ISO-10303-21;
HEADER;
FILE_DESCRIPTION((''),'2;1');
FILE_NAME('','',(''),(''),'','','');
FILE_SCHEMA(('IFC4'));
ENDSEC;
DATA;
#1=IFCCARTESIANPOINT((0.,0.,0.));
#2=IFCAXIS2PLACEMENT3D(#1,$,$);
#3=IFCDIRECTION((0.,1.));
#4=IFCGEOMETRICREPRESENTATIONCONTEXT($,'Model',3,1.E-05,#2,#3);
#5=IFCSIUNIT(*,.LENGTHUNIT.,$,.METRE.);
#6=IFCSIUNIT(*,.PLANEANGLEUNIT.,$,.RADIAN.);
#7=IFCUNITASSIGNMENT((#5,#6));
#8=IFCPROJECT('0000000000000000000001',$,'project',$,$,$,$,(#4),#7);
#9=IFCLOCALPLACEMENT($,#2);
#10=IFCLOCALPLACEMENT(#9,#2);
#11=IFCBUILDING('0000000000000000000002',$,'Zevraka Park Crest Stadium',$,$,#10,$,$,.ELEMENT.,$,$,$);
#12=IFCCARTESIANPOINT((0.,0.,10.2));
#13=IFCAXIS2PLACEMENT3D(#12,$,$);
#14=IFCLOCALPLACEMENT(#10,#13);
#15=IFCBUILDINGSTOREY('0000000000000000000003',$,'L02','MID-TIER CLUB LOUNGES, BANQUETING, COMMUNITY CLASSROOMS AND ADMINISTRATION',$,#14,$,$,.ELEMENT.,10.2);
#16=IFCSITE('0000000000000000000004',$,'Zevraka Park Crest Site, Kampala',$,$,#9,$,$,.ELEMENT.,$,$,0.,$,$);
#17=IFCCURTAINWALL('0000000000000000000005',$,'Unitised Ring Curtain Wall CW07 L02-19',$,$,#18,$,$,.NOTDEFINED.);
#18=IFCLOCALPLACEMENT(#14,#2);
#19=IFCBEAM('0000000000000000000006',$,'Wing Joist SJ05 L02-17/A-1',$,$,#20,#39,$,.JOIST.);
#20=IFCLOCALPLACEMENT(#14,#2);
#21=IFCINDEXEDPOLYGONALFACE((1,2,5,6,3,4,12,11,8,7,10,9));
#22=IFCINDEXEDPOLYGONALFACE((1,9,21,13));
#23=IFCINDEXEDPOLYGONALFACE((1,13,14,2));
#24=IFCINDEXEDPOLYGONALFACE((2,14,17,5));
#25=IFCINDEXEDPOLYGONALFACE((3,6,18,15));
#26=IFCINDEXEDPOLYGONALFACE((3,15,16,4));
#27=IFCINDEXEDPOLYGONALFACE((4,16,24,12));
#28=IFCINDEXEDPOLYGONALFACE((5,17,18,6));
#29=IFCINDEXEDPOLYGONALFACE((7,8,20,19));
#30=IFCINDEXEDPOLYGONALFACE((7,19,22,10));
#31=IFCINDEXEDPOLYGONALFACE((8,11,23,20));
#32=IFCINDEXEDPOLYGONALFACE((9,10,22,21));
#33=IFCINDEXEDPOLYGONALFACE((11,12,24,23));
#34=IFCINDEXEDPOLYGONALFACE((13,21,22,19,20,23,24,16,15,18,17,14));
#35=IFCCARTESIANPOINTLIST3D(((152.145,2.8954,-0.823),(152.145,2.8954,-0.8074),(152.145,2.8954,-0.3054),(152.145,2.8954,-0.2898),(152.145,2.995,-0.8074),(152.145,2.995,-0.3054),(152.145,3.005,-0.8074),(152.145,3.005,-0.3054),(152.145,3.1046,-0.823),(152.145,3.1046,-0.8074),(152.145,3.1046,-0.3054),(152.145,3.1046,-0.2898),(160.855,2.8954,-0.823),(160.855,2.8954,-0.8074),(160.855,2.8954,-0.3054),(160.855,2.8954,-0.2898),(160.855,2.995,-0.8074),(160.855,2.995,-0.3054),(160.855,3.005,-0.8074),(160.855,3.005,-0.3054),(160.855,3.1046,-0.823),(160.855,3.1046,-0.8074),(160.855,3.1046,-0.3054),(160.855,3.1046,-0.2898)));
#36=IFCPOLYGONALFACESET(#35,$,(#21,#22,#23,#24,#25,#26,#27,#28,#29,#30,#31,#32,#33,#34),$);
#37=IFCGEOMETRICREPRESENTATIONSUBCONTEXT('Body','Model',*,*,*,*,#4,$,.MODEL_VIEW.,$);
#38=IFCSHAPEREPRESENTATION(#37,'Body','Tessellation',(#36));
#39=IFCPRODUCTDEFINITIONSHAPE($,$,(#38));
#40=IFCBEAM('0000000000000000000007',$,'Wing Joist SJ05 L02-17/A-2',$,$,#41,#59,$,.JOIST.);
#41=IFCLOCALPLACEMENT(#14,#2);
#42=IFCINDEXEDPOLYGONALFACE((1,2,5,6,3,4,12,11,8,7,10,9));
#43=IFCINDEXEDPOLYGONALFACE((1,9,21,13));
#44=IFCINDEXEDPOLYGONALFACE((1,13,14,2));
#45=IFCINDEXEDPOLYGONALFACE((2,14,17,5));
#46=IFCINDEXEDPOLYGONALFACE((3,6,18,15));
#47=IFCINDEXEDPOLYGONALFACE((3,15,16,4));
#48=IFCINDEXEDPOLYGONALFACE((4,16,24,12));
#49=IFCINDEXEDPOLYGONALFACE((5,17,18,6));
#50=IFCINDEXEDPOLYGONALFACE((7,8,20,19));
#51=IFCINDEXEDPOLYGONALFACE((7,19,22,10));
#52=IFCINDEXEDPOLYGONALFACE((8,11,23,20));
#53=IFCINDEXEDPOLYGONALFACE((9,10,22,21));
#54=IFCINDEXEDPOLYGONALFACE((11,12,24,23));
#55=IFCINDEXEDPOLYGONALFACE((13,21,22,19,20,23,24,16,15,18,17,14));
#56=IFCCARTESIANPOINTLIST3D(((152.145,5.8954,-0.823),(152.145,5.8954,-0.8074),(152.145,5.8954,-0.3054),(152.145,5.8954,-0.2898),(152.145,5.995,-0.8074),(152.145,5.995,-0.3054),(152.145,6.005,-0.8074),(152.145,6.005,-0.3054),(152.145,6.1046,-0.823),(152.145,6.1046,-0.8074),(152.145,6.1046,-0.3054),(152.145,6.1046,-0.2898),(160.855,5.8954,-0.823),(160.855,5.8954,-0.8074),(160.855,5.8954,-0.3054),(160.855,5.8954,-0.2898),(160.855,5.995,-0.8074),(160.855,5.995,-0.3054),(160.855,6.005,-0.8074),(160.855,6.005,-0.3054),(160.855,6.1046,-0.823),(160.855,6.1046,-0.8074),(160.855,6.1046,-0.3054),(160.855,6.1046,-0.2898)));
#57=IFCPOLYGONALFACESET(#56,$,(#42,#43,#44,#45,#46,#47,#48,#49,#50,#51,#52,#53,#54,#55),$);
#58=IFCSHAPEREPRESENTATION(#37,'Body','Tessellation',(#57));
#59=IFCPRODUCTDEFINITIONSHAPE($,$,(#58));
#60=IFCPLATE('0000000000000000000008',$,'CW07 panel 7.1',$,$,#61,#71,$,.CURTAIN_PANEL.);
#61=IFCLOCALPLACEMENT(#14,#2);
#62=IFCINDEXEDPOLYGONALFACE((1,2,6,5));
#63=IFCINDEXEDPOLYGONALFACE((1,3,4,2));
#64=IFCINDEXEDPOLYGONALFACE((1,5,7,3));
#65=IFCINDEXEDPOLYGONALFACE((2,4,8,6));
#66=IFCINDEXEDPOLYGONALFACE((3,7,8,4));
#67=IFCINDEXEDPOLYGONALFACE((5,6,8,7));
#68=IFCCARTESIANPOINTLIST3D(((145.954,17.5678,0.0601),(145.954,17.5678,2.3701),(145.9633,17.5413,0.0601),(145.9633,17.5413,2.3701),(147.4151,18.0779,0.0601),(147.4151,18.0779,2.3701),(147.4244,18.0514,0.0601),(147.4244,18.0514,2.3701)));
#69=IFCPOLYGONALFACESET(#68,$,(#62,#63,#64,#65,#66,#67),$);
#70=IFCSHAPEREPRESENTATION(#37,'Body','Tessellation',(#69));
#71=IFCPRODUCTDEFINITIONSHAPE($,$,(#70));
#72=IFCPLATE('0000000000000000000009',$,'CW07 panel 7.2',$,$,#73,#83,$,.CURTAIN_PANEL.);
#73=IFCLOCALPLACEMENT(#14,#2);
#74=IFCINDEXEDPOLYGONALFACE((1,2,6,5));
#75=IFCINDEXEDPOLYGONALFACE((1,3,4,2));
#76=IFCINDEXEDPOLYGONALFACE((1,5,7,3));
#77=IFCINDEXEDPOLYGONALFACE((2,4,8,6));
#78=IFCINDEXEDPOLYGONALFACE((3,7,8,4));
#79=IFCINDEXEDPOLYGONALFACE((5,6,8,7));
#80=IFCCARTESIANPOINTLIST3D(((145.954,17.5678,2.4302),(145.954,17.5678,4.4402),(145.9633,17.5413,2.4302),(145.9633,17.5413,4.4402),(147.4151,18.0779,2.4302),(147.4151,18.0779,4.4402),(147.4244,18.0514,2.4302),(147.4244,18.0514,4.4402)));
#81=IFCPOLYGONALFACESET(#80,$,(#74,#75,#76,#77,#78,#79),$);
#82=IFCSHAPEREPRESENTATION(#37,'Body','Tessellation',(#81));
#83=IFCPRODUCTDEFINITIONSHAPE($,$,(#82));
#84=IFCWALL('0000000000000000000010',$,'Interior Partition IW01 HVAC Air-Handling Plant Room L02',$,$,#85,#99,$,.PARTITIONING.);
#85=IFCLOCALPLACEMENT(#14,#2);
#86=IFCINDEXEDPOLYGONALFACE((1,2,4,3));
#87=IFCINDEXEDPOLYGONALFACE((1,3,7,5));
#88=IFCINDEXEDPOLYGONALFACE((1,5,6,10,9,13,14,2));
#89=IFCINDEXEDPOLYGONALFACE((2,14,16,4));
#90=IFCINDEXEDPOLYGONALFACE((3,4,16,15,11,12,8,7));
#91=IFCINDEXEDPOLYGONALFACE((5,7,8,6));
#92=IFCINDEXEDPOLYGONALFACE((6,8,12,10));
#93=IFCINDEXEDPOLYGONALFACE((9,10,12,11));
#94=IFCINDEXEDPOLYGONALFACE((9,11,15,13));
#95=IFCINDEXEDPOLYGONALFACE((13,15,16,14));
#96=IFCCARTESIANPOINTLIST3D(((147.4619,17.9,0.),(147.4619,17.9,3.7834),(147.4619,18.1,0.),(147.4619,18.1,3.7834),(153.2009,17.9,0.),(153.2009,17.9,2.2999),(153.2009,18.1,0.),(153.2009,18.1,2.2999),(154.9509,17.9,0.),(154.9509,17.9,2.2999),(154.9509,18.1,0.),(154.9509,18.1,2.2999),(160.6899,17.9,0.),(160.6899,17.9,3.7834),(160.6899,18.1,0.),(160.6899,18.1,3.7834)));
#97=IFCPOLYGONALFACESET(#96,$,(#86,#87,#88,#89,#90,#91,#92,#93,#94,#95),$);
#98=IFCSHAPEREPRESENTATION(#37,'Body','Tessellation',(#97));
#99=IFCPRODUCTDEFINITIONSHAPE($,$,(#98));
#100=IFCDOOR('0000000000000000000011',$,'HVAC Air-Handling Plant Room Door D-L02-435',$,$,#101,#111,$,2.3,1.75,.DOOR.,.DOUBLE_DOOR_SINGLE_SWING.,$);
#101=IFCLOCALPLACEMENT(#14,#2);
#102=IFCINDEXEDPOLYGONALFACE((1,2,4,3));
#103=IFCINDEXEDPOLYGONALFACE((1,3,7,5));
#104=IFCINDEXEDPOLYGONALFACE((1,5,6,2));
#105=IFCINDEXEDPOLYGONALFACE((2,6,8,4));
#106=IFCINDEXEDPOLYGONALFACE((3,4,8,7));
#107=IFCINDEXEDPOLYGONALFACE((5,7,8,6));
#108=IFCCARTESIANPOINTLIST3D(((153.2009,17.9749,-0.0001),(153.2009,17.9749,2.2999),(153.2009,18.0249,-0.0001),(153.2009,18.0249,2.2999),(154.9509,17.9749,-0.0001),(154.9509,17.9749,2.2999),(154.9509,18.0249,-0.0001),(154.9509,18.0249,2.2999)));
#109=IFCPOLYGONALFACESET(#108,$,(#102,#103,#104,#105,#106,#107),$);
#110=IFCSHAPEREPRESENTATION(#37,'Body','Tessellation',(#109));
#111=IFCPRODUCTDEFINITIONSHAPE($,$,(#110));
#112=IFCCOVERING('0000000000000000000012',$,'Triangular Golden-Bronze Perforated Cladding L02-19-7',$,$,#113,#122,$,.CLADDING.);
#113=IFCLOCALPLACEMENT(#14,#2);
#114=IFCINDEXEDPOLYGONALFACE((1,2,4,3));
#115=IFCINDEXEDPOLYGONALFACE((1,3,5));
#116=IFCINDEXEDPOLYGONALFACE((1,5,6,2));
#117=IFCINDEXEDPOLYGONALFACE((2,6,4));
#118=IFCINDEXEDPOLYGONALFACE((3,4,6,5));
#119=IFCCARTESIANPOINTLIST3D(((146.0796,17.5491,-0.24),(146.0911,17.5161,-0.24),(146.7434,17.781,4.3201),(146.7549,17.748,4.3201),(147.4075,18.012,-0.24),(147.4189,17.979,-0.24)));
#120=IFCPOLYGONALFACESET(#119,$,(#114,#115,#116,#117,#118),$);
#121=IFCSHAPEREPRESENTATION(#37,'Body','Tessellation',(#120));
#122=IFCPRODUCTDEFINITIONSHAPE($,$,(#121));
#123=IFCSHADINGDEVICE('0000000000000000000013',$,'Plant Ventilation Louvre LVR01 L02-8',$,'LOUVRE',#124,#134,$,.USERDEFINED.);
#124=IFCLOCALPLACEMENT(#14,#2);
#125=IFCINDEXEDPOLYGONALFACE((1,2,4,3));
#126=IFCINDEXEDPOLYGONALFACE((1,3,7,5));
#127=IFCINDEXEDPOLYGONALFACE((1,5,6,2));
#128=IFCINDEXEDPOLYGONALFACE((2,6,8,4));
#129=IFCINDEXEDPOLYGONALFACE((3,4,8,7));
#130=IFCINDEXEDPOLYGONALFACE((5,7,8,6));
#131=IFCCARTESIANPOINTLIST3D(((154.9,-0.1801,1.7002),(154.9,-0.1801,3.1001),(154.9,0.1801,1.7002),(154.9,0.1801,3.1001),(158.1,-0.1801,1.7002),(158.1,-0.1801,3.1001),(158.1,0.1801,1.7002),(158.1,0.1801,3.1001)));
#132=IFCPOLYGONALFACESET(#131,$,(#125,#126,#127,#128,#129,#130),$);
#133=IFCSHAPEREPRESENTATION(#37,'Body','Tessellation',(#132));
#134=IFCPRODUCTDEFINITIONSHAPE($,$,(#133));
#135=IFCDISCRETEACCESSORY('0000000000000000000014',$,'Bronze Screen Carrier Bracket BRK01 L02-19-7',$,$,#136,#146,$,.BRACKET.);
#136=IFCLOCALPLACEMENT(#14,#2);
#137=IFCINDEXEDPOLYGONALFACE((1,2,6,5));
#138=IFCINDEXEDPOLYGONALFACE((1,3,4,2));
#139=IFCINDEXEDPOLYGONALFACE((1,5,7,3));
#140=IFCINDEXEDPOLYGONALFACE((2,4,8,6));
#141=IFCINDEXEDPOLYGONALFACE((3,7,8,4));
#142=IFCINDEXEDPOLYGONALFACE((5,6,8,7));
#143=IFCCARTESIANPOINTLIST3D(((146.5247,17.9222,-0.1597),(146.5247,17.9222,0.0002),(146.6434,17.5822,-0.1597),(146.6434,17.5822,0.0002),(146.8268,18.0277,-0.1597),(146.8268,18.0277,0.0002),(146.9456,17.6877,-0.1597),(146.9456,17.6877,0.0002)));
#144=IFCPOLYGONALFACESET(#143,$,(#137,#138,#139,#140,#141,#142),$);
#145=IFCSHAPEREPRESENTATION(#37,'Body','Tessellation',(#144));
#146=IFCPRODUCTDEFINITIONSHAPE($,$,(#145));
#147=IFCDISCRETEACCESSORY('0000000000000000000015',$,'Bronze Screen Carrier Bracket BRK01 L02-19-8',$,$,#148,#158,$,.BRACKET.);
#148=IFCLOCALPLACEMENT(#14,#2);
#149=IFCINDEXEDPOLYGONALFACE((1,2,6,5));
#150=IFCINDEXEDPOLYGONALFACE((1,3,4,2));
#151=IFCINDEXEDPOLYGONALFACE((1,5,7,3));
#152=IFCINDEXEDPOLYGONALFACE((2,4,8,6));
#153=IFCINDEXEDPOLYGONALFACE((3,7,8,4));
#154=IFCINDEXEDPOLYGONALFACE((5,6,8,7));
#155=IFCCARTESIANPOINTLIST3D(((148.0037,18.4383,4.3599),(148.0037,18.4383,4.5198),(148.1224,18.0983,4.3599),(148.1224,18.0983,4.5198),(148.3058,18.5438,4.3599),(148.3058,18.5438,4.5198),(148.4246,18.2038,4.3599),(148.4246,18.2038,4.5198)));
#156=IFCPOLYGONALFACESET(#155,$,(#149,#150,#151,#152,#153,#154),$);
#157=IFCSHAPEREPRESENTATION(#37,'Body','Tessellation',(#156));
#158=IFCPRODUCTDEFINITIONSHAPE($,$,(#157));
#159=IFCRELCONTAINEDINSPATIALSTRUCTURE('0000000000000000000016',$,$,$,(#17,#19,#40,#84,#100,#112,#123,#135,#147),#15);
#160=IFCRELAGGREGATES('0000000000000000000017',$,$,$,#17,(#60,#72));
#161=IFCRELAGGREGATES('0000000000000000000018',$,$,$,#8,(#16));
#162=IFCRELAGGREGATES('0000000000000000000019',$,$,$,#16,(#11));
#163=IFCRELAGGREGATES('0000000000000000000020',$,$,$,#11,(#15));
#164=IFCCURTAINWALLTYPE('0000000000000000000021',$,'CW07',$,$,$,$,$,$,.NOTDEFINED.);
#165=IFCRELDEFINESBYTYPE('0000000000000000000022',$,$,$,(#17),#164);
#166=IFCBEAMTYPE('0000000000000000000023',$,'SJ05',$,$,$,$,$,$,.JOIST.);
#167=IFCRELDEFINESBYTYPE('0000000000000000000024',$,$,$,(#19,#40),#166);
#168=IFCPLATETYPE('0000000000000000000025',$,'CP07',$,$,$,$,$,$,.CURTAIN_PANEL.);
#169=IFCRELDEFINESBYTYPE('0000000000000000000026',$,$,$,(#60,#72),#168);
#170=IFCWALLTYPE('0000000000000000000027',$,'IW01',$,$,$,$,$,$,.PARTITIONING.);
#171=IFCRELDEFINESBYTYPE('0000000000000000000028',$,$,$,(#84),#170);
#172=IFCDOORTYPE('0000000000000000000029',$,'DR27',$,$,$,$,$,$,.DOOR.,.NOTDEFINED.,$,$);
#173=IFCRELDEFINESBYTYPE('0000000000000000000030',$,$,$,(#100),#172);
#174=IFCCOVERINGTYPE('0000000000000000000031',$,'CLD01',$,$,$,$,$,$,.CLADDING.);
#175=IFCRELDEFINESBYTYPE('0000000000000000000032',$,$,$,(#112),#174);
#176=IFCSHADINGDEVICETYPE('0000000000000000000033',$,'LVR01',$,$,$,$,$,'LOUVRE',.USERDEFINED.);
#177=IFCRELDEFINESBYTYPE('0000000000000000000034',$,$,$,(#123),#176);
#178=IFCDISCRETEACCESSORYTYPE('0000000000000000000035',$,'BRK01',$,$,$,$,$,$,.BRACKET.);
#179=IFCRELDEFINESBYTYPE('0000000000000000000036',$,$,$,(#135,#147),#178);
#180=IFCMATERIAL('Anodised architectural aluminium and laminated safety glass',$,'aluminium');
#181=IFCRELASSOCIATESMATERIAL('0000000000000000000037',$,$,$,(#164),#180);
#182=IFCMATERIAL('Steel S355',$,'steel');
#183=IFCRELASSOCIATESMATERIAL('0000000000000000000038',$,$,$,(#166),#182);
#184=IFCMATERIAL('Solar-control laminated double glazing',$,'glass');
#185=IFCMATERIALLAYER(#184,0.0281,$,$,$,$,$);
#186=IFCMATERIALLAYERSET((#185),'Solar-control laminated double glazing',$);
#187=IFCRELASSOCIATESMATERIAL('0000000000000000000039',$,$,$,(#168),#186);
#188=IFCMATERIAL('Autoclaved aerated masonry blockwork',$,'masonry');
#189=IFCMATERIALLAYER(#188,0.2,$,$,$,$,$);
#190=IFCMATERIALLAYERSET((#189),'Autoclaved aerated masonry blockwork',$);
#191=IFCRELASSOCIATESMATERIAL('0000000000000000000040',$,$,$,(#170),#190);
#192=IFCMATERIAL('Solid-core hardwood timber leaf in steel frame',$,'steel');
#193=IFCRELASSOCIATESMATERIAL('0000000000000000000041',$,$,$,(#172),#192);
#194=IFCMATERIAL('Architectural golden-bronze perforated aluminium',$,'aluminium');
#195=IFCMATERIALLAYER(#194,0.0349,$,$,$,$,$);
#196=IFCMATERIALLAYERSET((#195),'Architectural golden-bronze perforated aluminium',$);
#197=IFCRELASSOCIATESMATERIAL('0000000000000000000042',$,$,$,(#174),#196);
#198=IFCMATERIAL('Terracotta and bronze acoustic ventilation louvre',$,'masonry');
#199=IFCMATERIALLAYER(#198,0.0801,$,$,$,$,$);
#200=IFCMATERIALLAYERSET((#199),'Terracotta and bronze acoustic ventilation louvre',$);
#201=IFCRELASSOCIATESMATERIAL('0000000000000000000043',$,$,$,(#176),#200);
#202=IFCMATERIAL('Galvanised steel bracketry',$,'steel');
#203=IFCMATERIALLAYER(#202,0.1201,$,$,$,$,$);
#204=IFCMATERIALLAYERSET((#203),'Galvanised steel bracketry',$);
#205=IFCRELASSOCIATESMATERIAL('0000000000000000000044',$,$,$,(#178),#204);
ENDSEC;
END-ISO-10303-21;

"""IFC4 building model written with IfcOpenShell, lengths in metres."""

from ifc_helpers import new_model, si_unit, direction, frame, frame_2d, origin, origin_2d, place, context, subcontext, project, spatial, polyline, rectangle, i_section, outline, extrude, material, layer, layer_set, material_profile, profile_set, type_object, element, fill, aggregate, save


model = new_model("IFC4")

# Units and contexts
model_context = context("Model", 3, precision=1e-05, world=origin(), true_north=direction((0.0, 1.0)))
body_context = subcontext(model_context, "Body", "Model", "MODEL_VIEW")
ifc_project = project(units=[si_unit("LENGTHUNIT", "METRE"), si_unit("PLANEANGLEUNIT", "RADIAN")], contexts=[model_context])

# Site, building, storey
site_placement = place(None, origin())
site = spatial("IfcSite", under=ifc_project, at=site_placement, Name="Zevraka Park Crest Site, Kampala", CompositionType="ELEMENT", RefElevation=0.0)
building_placement = place(site_placement, origin())
building = spatial("IfcBuilding", under=site, at=building_placement, Name="Zevraka Park Crest Stadium", CompositionType="ELEMENT")
storey_placement = place(building_placement, frame((0.0, 0.0, 10.2)))
storey = spatial("IfcBuildingStorey", under=building, at=storey_placement, Name="L02", Description="MID-TIER CLUB LOUNGES, BANQUETING, COMMUNITY CLASSROOMS AND ADMINISTRATION", CompositionType="ELEMENT", Elevation=10.2)

# Curtain wall
ifc_material_1 = material(Name="Anodised architectural aluminium and laminated safety glass", Category="aluminium")
curtain_wall_type = type_object("IfcCurtainWallType", Name="CW07", PredefinedType="NOTDEFINED", material=ifc_material_1)
curtain_wall_placement = place(storey_placement, origin())
curtain_wall = element("IfcCurtainWall", 1, at=curtain_wall_placement, inside=storey, type_object=curtain_wall_type, Name="Unitised Ring Curtain Wall CW07 L02-19", PredefinedType="NOTDEFINED")

# Beams
ifc_material_2 = material(Name="Steel S355", Category="steel")
ifc_material_profile_1 = material_profile(ifc_material_2, i_section(OverallWidth=0.2092, OverallDepth=0.5332, WebThickness=0.01, FlangeThickness=0.0156, at=origin_2d()), Name="UKB 533x210x92")
ifc_profile_set_1 = profile_set([ifc_material_profile_1], Name="Steel S355")
beam_type_1 = type_object("IfcBeamType", Name="SJ05", PredefinedType="JOIST", material=ifc_profile_set_1)
for number, where, z_axis, x_axis, name in (
    (2, (152.145, 3.0, -0.5564), (1.0, 0.0, 0.0), (0.0, 1.0, 0.0), "Wing Joist SJ05 L02-17/A-1"),
    (3, (152.145, 6.0, -0.5564), (1.0, 0.0, 0.0), (0.0, 1.0, 0.0), "Wing Joist SJ05 L02-17/A-2"),
):
    element("IfcBeam", number, at=place(storey_placement, frame(where, z_axis=z_axis, x_axis=x_axis)), inside=storey, type_object=beam_type_1, Name=name, PredefinedType="JOIST", context=body_context, shape_type="SweptSolid", body=[
        extrude(i_section(OverallWidth=0.2092, OverallDepth=0.5332, WebThickness=0.01, FlangeThickness=0.0156, at=origin_2d()), origin(), (0.0, 0.0, 1.0), 8.71),
    ])

# Plates
ifc_material_3 = material(Name="Solar-control laminated double glazing", Category="glass")
ifc_layer_1 = layer(ifc_material_3, 0.0281)
ifc_layer_set_1 = layer_set([ifc_layer_1], Name="Solar-control laminated double glazing")
plate_type = type_object("IfcPlateType", Name="CP07", PredefinedType="CURTAIN_PANEL", material=ifc_layer_set_1)
plate_1_placement = place(storey_placement, frame((146.6892, 17.8096, 0.0601), z_axis=(0.0, 0.0, 1.0), x_axis=(0.944114, 0.329619, 0.0)))
plate_1 = element("IfcPlate", 4, at=plate_1_placement, type_object=plate_type, Name="CW07 panel 7.1", PredefinedType="CURTAIN_PANEL", context=body_context, shape_type="SweptSolid", body=[
    extrude(rectangle(XDim=1.5476, YDim=0.0281, at=origin_2d()), origin(), (0.0, 0.0, 1.0), 2.3101),
])
plate_2_placement = place(storey_placement, frame((146.6892, 17.8096, 2.4302), z_axis=(0.0, 0.0, 1.0), x_axis=(0.944114, 0.329619, 0.0)))
plate_2 = element("IfcPlate", 5, at=plate_2_placement, type_object=plate_type, Name="CW07 panel 7.2", PredefinedType="CURTAIN_PANEL", context=body_context, shape_type="SweptSolid", body=[
    extrude(rectangle(XDim=1.5476, YDim=0.0281, at=origin_2d()), origin(), (0.0, 0.0, 1.0), 2.01),
])
aggregate(curtain_wall, [plate_1, plate_2])

# Wall, opening, door
ifc_material_4 = material(Name="Autoclaved aerated masonry blockwork", Category="masonry")
ifc_layer_2 = layer(ifc_material_4, 0.2)
ifc_layer_set_2 = layer_set([ifc_layer_2], Name="Autoclaved aerated masonry blockwork")
wall_type = type_object("IfcWallType", Name="IW01", PredefinedType="PARTITIONING", material=ifc_layer_set_2)
wall_placement = place(storey_placement, frame((147.4619, 18.0, 0.0), z_axis=(0.0, 0.0, 1.0), x_axis=(1.0, 0.0, 0.0)))
wall = element("IfcWall", 6, at=wall_placement, inside=storey, type_object=wall_type, Name="Interior Partition IW01 HVAC Air-Handling Plant Room L02", PredefinedType="PARTITIONING", context=body_context, shape_type="SweptSolid", body=[
    extrude(rectangle(XDim=13.228, YDim=0.2, at=frame_2d((6.614, 0.0))), origin(), (0.0, 0.0, 1.0), 3.7834),
])
opening_placement = place(wall_placement, frame((5.739, 0.0, 0.0)))
opening = element("IfcOpeningElement", 7, at=opening_placement, cuts=wall, PredefinedType="OPENING", context=body_context, shape_type="SweptSolid", body=[
    extrude(rectangle(XDim=1.75, YDim=2.3, at=frame_2d((0.875, 1.1499))), frame((0.0, 0.1099, 0.0), z_axis=(0.0, -1.0, 0.0), x_axis=(1.0, 0.0, 0.0)), (0.0, 0.0, 1.0), 0.22),
])
ifc_material_5 = material(Name="Solid-core hardwood timber leaf in steel frame", Category="steel")
door_type = type_object("IfcDoorType", Name="DR27", OperationType="NOTDEFINED", PredefinedType="DOOR", material=ifc_material_5)
door_placement = place(opening_placement, origin())
door = element("IfcDoor", 8, at=door_placement, inside=storey, type_object=door_type, Name="HVAC Air-Handling Plant Room Door D-L02-435", OperationType="DOUBLE_DOOR_SINGLE_SWING", OverallHeight=2.3, OverallWidth=1.75, PredefinedType="DOOR", context=body_context, shape_type="SweptSolid", body=[
    extrude(rectangle(XDim=1.75, YDim=2.3, at=frame_2d((0.875, 1.1499))), frame((0.0, 0.0249, 0.0), z_axis=(0.0, -1.0, 0.0), x_axis=(1.0, 0.0, 0.0)), (0.0, 0.0, 1.0), 0.05),
])
fill(opening, door)

# Covering
ifc_material_6 = material(Name="Architectural golden-bronze perforated aluminium", Category="aluminium")
ifc_layer_3 = layer(ifc_material_6, 0.0349)
ifc_layer_set_3 = layer_set([ifc_layer_3], Name="Architectural golden-bronze perforated aluminium")
covering_type = type_object("IfcCoveringType", Name="CLD01", PredefinedType="CLADDING", material=ifc_layer_set_3)
covering_placement = place(storey_placement, frame((146.0911, 17.5161, -0.24), z_axis=(0.329167, -0.944272, 0.00011), x_axis=(0.944272, 0.329167, 0.0)))
element("IfcCovering", 9, at=covering_placement, inside=storey, type_object=covering_type, Name="Triangular Golden-Bronze Perforated Cladding L02-19-7", PredefinedType="CLADDING", context=body_context, shape_type="SweptSolid", body=[
    extrude(outline(polyline([(0.0, 0.0), (1.4062, 0.0), (0.7032, 4.5601), (0.0, 0.0)])), origin(), (0.0, 0.0, -1.0), 0.0349),
])

# Shading device
ifc_material_7 = material(Name="Terracotta and bronze acoustic ventilation louvre", Category="masonry")
ifc_layer_4 = layer(ifc_material_7, 0.0801)
ifc_layer_set_4 = layer_set([ifc_layer_4], Name="Terracotta and bronze acoustic ventilation louvre")
shading_device_type = type_object("IfcShadingDeviceType", Name="LVR01", ElementType="LOUVRE", PredefinedType="USERDEFINED", material=ifc_layer_set_4)
shading_device_placement = place(storey_placement, frame((156.5, 0.0, 1.7002), z_axis=(0.0, 0.0, 1.0), x_axis=(-1.0, 0.0, 0.0)))
element("IfcShadingDevice", 10, at=shading_device_placement, inside=storey, type_object=shading_device_type, Name="Plant Ventilation Louvre LVR01 L02-8", ObjectType="LOUVRE", PredefinedType="USERDEFINED", context=body_context, shape_type="SweptSolid", body=[
    extrude(rectangle(XDim=3.2, YDim=0.3601, at=origin_2d()), origin(), (0.0, 0.0, 1.0), 1.3999),
])

# Discrete accessories
ifc_material_8 = material(Name="Galvanised steel bracketry", Category="steel")
ifc_layer_5 = layer(ifc_material_8, 0.1201)
ifc_layer_set_5 = layer_set([ifc_layer_5], Name="Galvanised steel bracketry")
discrete_accessory_type = type_object("IfcDiscreteAccessoryType", Name="BRK01", PredefinedType="BRACKET", material=ifc_layer_set_5)
for number, where, z_axis, x_axis, name in (
    (11, (146.7351, 17.8049, -0.1597), (0.0, 0.0, 1.0), (0.944089, 0.329691, 0.0), "Bronze Screen Carrier Bracket BRK01 L02-19-7"),
    (12, (148.2141, 18.321, 4.3599), (0.0, 0.0, 1.0), (0.944089, 0.329691, 0.0), "Bronze Screen Carrier Bracket BRK01 L02-19-8"),
):
    element("IfcDiscreteAccessory", number, at=place(storey_placement, frame(where, z_axis=z_axis, x_axis=x_axis)), inside=storey, type_object=discrete_accessory_type, Name=name, PredefinedType="BRACKET", context=body_context, shape_type="SweptSolid", body=[
        extrude(rectangle(XDim=0.3201, YDim=0.3601, at=origin_2d()), origin(), (0.0, 0.0, 1.0), 0.1599),
    ])

save(model, "model.ifc")
